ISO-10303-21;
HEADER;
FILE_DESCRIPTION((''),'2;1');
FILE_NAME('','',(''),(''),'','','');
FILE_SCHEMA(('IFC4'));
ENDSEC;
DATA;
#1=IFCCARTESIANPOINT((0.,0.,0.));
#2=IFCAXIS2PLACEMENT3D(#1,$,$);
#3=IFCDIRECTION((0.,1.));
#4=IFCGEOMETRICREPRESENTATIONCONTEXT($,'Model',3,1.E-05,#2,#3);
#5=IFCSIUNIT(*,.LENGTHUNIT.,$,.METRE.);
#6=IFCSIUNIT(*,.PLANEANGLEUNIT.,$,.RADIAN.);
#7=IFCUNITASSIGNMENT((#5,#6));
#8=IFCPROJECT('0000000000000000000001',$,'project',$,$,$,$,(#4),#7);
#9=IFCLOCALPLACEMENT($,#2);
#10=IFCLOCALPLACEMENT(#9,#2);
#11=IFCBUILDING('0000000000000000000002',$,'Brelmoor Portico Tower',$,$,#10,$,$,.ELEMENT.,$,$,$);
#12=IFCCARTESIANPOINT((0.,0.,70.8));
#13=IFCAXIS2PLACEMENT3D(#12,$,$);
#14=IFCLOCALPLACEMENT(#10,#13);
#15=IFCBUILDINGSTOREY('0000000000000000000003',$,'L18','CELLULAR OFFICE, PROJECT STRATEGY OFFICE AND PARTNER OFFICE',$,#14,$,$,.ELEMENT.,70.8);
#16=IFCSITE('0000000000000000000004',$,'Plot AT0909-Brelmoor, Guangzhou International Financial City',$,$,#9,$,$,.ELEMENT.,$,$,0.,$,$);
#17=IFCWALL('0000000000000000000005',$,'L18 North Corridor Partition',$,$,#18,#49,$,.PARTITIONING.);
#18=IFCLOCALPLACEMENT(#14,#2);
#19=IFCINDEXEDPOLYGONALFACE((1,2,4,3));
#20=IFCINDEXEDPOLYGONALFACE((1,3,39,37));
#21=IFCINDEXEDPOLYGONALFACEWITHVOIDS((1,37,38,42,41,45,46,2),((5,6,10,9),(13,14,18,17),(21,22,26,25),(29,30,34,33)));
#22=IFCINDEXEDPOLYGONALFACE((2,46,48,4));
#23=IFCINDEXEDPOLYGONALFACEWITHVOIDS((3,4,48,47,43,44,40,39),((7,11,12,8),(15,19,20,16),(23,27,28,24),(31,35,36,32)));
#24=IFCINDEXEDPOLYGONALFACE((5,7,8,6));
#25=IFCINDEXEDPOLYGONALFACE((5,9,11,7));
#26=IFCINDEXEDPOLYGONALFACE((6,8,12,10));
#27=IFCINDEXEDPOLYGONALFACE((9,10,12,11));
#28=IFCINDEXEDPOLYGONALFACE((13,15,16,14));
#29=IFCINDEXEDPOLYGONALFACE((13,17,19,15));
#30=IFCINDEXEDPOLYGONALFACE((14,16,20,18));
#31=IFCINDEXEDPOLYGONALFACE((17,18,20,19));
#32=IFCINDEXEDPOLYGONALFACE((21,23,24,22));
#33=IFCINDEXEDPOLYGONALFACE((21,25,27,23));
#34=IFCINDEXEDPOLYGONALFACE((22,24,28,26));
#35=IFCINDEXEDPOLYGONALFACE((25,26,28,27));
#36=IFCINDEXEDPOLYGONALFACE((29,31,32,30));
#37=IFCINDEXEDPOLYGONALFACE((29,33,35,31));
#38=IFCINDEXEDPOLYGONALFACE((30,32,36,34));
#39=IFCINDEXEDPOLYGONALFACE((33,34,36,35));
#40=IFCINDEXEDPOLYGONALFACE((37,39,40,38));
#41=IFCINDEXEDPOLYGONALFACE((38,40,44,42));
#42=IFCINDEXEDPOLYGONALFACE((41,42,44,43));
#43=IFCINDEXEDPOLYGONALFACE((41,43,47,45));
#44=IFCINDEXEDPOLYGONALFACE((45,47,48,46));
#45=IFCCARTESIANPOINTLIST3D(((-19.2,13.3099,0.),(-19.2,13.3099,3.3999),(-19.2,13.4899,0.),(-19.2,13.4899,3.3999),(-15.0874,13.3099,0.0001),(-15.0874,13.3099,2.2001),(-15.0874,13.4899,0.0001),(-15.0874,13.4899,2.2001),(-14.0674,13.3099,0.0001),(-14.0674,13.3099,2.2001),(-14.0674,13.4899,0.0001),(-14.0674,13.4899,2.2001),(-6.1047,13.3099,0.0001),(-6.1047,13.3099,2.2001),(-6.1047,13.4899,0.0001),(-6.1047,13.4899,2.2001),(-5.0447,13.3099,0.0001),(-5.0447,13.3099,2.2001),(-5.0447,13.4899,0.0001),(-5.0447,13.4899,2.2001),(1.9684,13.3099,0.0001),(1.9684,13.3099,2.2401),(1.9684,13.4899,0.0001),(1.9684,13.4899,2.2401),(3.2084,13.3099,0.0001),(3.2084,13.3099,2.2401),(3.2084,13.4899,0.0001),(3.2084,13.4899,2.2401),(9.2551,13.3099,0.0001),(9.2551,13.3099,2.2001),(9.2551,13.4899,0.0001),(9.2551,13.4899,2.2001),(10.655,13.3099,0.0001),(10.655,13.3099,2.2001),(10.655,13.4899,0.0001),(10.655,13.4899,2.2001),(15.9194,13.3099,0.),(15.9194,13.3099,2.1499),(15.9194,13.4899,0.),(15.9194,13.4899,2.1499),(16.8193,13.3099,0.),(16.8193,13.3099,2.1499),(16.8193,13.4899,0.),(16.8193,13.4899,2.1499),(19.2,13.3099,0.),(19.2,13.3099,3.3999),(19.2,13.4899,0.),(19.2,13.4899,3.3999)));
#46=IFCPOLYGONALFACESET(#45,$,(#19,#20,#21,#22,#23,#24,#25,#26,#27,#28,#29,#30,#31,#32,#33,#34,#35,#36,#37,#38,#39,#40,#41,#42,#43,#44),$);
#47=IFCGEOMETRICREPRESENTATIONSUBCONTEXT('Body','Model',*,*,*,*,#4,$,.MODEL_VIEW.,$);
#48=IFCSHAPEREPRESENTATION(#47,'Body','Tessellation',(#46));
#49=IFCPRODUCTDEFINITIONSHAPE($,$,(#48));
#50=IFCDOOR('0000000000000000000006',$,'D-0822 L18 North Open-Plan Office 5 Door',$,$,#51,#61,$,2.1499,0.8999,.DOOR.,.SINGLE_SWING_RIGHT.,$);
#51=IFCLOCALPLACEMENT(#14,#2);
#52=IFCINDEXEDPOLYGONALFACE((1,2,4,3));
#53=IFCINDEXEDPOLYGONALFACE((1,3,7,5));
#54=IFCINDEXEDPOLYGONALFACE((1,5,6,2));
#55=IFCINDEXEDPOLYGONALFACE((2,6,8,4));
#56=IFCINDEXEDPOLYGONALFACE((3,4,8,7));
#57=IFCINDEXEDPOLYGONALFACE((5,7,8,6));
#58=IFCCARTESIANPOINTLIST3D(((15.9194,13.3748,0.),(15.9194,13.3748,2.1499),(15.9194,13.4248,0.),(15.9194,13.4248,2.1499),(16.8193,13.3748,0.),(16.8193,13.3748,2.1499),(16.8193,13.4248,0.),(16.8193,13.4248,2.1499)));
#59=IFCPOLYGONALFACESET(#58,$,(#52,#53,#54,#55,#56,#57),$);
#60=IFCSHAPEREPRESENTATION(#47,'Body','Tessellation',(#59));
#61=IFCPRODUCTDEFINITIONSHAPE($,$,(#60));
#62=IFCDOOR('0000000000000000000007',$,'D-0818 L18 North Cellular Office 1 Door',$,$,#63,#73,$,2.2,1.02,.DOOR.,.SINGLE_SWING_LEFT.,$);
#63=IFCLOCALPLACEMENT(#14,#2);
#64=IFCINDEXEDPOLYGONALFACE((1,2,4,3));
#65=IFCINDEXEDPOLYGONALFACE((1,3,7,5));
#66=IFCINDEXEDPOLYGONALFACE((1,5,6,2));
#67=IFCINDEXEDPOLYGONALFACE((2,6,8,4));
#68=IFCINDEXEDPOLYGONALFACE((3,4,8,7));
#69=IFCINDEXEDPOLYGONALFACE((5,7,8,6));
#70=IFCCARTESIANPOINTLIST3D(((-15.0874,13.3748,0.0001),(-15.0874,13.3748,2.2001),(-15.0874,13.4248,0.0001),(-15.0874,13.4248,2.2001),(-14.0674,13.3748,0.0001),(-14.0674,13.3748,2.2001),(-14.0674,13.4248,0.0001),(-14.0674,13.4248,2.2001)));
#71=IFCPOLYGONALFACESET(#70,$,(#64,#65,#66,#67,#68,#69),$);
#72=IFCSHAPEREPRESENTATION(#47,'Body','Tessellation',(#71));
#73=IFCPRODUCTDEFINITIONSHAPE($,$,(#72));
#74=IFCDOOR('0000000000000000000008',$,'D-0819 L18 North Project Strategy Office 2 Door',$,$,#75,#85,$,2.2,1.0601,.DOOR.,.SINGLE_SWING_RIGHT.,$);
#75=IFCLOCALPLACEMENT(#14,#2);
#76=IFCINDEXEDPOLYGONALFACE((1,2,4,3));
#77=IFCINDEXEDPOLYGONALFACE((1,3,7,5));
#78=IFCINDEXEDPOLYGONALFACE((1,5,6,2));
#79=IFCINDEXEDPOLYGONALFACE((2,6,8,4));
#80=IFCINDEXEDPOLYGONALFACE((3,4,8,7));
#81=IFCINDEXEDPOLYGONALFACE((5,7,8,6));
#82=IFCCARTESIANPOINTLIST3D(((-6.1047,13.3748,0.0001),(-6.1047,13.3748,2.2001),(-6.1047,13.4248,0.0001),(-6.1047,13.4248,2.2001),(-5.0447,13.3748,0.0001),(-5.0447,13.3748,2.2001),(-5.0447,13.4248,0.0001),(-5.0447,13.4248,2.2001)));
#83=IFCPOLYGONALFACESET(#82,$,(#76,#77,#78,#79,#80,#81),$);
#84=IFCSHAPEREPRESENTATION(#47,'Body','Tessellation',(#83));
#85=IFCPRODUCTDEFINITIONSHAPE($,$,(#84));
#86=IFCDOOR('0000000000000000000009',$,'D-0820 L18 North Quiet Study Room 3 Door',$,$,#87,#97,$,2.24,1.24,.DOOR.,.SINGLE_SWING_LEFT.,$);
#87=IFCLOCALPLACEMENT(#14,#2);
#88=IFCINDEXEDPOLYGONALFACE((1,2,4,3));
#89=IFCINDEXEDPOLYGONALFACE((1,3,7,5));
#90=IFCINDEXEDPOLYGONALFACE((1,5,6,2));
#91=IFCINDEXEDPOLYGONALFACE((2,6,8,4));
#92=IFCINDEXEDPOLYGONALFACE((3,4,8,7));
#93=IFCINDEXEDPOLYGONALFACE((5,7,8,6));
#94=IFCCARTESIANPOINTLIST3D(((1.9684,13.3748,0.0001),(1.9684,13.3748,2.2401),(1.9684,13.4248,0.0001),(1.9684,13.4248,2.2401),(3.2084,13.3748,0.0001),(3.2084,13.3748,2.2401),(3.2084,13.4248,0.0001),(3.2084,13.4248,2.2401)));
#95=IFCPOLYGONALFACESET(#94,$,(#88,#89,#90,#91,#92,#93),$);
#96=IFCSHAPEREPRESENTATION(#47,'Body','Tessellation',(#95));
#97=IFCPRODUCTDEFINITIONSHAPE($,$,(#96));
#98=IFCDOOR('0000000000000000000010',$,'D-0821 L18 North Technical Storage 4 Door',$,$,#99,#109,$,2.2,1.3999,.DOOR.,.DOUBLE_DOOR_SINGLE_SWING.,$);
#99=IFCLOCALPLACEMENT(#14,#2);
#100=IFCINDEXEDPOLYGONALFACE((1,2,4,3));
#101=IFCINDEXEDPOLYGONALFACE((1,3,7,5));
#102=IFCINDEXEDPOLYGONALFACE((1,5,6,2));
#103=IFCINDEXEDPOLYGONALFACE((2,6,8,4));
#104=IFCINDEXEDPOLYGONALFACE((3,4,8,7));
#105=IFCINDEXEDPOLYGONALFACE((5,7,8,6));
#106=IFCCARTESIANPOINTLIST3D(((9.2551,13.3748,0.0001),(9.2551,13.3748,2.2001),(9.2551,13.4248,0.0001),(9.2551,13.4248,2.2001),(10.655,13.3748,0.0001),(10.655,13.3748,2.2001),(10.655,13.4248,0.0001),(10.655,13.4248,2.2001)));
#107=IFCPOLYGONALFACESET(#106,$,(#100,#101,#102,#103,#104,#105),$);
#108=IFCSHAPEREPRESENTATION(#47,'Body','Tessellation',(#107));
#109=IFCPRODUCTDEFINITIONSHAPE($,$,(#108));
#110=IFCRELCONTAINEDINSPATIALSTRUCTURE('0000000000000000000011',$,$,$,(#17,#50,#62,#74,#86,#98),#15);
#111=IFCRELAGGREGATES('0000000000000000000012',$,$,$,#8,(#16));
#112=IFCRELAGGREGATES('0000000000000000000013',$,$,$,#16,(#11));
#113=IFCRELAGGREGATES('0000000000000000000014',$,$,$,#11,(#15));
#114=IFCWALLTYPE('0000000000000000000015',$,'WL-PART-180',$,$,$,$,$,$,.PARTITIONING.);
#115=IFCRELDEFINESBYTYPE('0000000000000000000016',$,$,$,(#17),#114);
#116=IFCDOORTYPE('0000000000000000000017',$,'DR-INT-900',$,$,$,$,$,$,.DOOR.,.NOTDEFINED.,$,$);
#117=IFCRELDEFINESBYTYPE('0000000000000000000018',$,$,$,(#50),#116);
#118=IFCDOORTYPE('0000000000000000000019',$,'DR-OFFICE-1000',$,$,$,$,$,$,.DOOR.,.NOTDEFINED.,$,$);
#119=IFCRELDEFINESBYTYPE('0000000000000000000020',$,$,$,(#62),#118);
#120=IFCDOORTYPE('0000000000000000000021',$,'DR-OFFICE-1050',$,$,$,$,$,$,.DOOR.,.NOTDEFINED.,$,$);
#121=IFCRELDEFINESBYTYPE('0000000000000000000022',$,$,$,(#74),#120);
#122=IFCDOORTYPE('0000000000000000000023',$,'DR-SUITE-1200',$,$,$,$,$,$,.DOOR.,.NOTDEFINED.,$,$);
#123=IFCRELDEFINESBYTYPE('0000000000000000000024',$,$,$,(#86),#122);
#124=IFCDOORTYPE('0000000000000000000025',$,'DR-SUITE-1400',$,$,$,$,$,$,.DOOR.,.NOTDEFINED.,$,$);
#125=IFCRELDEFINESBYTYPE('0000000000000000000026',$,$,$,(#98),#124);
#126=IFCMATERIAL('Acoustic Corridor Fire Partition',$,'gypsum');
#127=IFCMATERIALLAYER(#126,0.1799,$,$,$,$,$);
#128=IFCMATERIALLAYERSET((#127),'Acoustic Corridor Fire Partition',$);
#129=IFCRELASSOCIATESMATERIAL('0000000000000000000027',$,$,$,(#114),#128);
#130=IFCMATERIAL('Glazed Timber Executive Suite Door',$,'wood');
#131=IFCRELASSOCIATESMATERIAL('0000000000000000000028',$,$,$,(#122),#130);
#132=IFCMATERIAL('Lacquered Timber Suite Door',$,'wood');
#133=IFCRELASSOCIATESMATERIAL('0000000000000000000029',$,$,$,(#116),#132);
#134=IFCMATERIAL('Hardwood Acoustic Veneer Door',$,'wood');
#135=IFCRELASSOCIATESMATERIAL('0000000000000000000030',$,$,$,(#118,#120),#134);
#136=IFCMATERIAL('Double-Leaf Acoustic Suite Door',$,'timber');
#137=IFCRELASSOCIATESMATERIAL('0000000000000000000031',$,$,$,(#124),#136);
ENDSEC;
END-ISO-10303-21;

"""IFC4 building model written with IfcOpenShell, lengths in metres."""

from ifc_helpers import new_model, si_unit, direction, frame, frame_2d, origin, place, context, subcontext, project, spatial, rectangle, extrude, material, layer, layer_set, type_object, element, fill, save


model = new_model("IFC4")

# Units and contexts
model_context = context("Model", 3, precision=1e-05, world=origin(), true_north=direction((0.0, 1.0)))
body_context = subcontext(model_context, "Body", "Model", "MODEL_VIEW")
ifc_project = project(units=[si_unit("LENGTHUNIT", "METRE"), si_unit("PLANEANGLEUNIT", "RADIAN")], contexts=[model_context])

# Site, building, storey
site_placement = place(None, origin())
site = spatial("IfcSite", under=ifc_project, at=site_placement, Name="Plot AT0909-Brelmoor, Guangzhou International Financial City", CompositionType="ELEMENT", RefElevation=0.0)
building_placement = place(site_placement, origin())
building = spatial("IfcBuilding", under=site, at=building_placement, Name="Brelmoor Portico Tower", CompositionType="ELEMENT")
storey_placement = place(building_placement, frame((0.0, 0.0, 70.8)))
storey = spatial("IfcBuildingStorey", under=building, at=storey_placement, Name="L18", Description="CELLULAR OFFICE, PROJECT STRATEGY OFFICE AND PARTNER OFFICE", CompositionType="ELEMENT", Elevation=70.8)

# Shared definitions
ifc_material_1 = material(Name="Lacquered Timber Suite Door", Category="wood")
ifc_material_2 = material(Name="Acoustic Corridor Fire Partition", Category="gypsum")
ifc_layer_1 = layer(ifc_material_2, 0.1799)
ifc_layer_set_1 = layer_set([ifc_layer_1], Name="Acoustic Corridor Fire Partition")
wall_type_1 = type_object("IfcWallType", Name="WL-PART-180", PredefinedType="PARTITIONING", material=ifc_layer_set_1)
ifc_material_3 = material(Name="Glazed Timber Executive Suite Door", Category="wood")
door_type_1 = type_object("IfcDoorType", Name="DR-SUITE-1200", OperationType="NOTDEFINED", PredefinedType="DOOR", material=ifc_material_3)

# Wall, openings, doors
wall_1_placement = place(storey_placement, frame((-19.2, 13.3999, 0.0), z_axis=(0.0, 0.0, 1.0), x_axis=(1.0, 0.0, 0.0)))
wall_1 = element("IfcWall", 1, at=wall_1_placement, inside=storey, type_object=wall_type_1, Name="L18 North Corridor Partition", PredefinedType="PARTITIONING", context=body_context, shape_type="SweptSolid", body=[
    extrude(rectangle(XDim=38.3999, YDim=0.1799, at=frame_2d((19.2, 0.0))), origin(), (0.0, 0.0, 1.0), 3.3999),
])
opening_1_placement = place(wall_1_placement, frame((4.1125, 0.0, 0.0)))
opening_1 = element("IfcOpeningElement", 2, at=opening_1_placement, cuts=wall_1, PredefinedType="OPENING", context=body_context, shape_type="SweptSolid", body=[
    extrude(rectangle(XDim=1.02, YDim=2.2, at=frame_2d((0.51, 1.1001))), frame((0.0, 0.0999, 0.0), z_axis=(0.0, -1.0, 0.0), x_axis=(1.0, 0.0, 0.0)), (0.0, 0.0, 1.0), 0.2),
])
opening_2_placement = place(wall_1_placement, frame((13.0952, 0.0, 0.0)))
opening_2 = element("IfcOpeningElement", 3, at=opening_2_placement, cuts=wall_1, PredefinedType="OPENING", context=body_context, shape_type="SweptSolid", body=[
    extrude(rectangle(XDim=1.0601, YDim=2.2, at=frame_2d((0.53, 1.1001))), frame((0.0, 0.0999, 0.0), z_axis=(0.0, -1.0, 0.0), x_axis=(1.0, 0.0, 0.0)), (0.0, 0.0, 1.0), 0.2),
])
opening_3_placement = place(wall_1_placement, frame((21.1682, 0.0, 0.0)))
opening_3 = element("IfcOpeningElement", 4, at=opening_3_placement, cuts=wall_1, PredefinedType="OPENING", context=body_context, shape_type="SweptSolid", body=[
    extrude(rectangle(XDim=1.24, YDim=2.24, at=frame_2d((0.6201, 1.1201))), frame((0.0, 0.0999, 0.0), z_axis=(0.0, -1.0, 0.0), x_axis=(1.0, 0.0, 0.0)), (0.0, 0.0, 1.0), 0.2),
])
opening_4_placement = place(wall_1_placement, frame((28.4551, 0.0, 0.0)))
opening_4 = element("IfcOpeningElement", 5, at=opening_4_placement, cuts=wall_1, PredefinedType="OPENING", context=body_context, shape_type="SweptSolid", body=[
    extrude(rectangle(XDim=1.3999, YDim=2.2, at=frame_2d((0.7, 1.1001))), frame((0.0, 0.0999, 0.0), z_axis=(0.0, -1.0, 0.0), x_axis=(1.0, 0.0, 0.0)), (0.0, 0.0, 1.0), 0.2),
])
opening_5_placement = place(wall_1_placement, frame((35.1194, 0.0, 0.0)))
opening_5 = element("IfcOpeningElement", 6, at=opening_5_placement, cuts=wall_1, PredefinedType="OPENING", context=body_context, shape_type="SweptSolid", body=[
    extrude(rectangle(XDim=0.8999, YDim=2.1499, at=frame_2d((0.45, 1.075))), frame((0.0, 0.0999, 0.0), z_axis=(0.0, -1.0, 0.0), x_axis=(1.0, 0.0, 0.0)), (0.0, 0.0, 1.0), 0.2),
])
door_type_2 = type_object("IfcDoorType", Name="DR-INT-900", OperationType="NOTDEFINED", PredefinedType="DOOR", material=ifc_material_1)
door_1_placement = place(opening_5_placement, origin())
door_1 = element("IfcDoor", 7, at=door_1_placement, inside=storey, type_object=door_type_2, Name="D-0822 L18 North Open-Plan Office 5 Door", OperationType="SINGLE_SWING_RIGHT", OverallHeight=2.1499, OverallWidth=0.8999, PredefinedType="DOOR", context=body_context, shape_type="SweptSolid", body=[
    extrude(rectangle(XDim=0.8999, YDim=2.1499, at=frame_2d((0.45, 1.075))), frame((0.0, 0.0249, 0.0), z_axis=(0.0, -1.0, 0.0), x_axis=(1.0, 0.0, 0.0)), (0.0, 0.0, 1.0), 0.05),
])
fill(opening_5, door_1)
ifc_material_4 = material(Name="Hardwood Acoustic Veneer Door", Category="wood")
door_type_3 = type_object("IfcDoorType", Name="DR-OFFICE-1000", OperationType="NOTDEFINED", PredefinedType="DOOR", material=ifc_material_4)
door_2_placement = place(opening_1_placement, origin())
door_2 = element("IfcDoor", 8, at=door_2_placement, inside=storey, type_object=door_type_3, Name="D-0818 L18 North Cellular Office 1 Door", OperationType="SINGLE_SWING_LEFT", OverallHeight=2.2, OverallWidth=1.02, PredefinedType="DOOR", context=body_context, shape_type="SweptSolid", body=[
    extrude(rectangle(XDim=1.02, YDim=2.2, at=frame_2d((0.51, 1.1001))), frame((0.0, 0.0249, 0.0), z_axis=(0.0, -1.0, 0.0), x_axis=(1.0, 0.0, 0.0)), (0.0, 0.0, 1.0), 0.05),
])
fill(opening_1, door_2)
door_type_4 = type_object("IfcDoorType", Name="DR-OFFICE-1050", OperationType="NOTDEFINED", PredefinedType="DOOR", material=ifc_material_4)
door_3_placement = place(opening_2_placement, origin())
door_3 = element("IfcDoor", 9, at=door_3_placement, inside=storey, type_object=door_type_4, Name="D-0819 L18 North Project Strategy Office 2 Door", OperationType="SINGLE_SWING_RIGHT", OverallHeight=2.2, OverallWidth=1.0601, PredefinedType="DOOR", context=body_context, shape_type="SweptSolid", body=[
    extrude(rectangle(XDim=1.0601, YDim=2.2, at=frame_2d((0.53, 1.1001))), frame((0.0, 0.0249, 0.0), z_axis=(0.0, -1.0, 0.0), x_axis=(1.0, 0.0, 0.0)), (0.0, 0.0, 1.0), 0.05),
])
fill(opening_2, door_3)
door_4_placement = place(opening_3_placement, origin())
door_4 = element("IfcDoor", 10, at=door_4_placement, inside=storey, type_object=door_type_1, Name="D-0820 L18 North Quiet Study Room 3 Door", OperationType="SINGLE_SWING_LEFT", OverallHeight=2.24, OverallWidth=1.24, PredefinedType="DOOR", context=body_context, shape_type="SweptSolid", body=[
    extrude(rectangle(XDim=1.24, YDim=2.24, at=frame_2d((0.6201, 1.1201))), frame((0.0, 0.0249, 0.0), z_axis=(0.0, -1.0, 0.0), x_axis=(1.0, 0.0, 0.0)), (0.0, 0.0, 1.0), 0.05),
])
fill(opening_3, door_4)
ifc_material_5 = material(Name="Double-Leaf Acoustic Suite Door", Category="timber")
door_type_5 = type_object("IfcDoorType", Name="DR-SUITE-1400", OperationType="NOTDEFINED", PredefinedType="DOOR", material=ifc_material_5)
door_5_placement = place(opening_4_placement, origin())
door_5 = element("IfcDoor", 11, at=door_5_placement, inside=storey, type_object=door_type_5, Name="D-0821 L18 North Technical Storage 4 Door", OperationType="DOUBLE_DOOR_SINGLE_SWING", OverallHeight=2.2, OverallWidth=1.3999, PredefinedType="DOOR", context=body_context, shape_type="SweptSolid", body=[
    extrude(rectangle(XDim=1.3999, YDim=2.2, at=frame_2d((0.7, 1.1001))), frame((0.0, 0.0249, 0.0), z_axis=(0.0, -1.0, 0.0), x_axis=(1.0, 0.0, 0.0)), (0.0, 0.0, 1.0), 0.05),
])
fill(opening_4, door_5)

save(model, "model.ifc")
